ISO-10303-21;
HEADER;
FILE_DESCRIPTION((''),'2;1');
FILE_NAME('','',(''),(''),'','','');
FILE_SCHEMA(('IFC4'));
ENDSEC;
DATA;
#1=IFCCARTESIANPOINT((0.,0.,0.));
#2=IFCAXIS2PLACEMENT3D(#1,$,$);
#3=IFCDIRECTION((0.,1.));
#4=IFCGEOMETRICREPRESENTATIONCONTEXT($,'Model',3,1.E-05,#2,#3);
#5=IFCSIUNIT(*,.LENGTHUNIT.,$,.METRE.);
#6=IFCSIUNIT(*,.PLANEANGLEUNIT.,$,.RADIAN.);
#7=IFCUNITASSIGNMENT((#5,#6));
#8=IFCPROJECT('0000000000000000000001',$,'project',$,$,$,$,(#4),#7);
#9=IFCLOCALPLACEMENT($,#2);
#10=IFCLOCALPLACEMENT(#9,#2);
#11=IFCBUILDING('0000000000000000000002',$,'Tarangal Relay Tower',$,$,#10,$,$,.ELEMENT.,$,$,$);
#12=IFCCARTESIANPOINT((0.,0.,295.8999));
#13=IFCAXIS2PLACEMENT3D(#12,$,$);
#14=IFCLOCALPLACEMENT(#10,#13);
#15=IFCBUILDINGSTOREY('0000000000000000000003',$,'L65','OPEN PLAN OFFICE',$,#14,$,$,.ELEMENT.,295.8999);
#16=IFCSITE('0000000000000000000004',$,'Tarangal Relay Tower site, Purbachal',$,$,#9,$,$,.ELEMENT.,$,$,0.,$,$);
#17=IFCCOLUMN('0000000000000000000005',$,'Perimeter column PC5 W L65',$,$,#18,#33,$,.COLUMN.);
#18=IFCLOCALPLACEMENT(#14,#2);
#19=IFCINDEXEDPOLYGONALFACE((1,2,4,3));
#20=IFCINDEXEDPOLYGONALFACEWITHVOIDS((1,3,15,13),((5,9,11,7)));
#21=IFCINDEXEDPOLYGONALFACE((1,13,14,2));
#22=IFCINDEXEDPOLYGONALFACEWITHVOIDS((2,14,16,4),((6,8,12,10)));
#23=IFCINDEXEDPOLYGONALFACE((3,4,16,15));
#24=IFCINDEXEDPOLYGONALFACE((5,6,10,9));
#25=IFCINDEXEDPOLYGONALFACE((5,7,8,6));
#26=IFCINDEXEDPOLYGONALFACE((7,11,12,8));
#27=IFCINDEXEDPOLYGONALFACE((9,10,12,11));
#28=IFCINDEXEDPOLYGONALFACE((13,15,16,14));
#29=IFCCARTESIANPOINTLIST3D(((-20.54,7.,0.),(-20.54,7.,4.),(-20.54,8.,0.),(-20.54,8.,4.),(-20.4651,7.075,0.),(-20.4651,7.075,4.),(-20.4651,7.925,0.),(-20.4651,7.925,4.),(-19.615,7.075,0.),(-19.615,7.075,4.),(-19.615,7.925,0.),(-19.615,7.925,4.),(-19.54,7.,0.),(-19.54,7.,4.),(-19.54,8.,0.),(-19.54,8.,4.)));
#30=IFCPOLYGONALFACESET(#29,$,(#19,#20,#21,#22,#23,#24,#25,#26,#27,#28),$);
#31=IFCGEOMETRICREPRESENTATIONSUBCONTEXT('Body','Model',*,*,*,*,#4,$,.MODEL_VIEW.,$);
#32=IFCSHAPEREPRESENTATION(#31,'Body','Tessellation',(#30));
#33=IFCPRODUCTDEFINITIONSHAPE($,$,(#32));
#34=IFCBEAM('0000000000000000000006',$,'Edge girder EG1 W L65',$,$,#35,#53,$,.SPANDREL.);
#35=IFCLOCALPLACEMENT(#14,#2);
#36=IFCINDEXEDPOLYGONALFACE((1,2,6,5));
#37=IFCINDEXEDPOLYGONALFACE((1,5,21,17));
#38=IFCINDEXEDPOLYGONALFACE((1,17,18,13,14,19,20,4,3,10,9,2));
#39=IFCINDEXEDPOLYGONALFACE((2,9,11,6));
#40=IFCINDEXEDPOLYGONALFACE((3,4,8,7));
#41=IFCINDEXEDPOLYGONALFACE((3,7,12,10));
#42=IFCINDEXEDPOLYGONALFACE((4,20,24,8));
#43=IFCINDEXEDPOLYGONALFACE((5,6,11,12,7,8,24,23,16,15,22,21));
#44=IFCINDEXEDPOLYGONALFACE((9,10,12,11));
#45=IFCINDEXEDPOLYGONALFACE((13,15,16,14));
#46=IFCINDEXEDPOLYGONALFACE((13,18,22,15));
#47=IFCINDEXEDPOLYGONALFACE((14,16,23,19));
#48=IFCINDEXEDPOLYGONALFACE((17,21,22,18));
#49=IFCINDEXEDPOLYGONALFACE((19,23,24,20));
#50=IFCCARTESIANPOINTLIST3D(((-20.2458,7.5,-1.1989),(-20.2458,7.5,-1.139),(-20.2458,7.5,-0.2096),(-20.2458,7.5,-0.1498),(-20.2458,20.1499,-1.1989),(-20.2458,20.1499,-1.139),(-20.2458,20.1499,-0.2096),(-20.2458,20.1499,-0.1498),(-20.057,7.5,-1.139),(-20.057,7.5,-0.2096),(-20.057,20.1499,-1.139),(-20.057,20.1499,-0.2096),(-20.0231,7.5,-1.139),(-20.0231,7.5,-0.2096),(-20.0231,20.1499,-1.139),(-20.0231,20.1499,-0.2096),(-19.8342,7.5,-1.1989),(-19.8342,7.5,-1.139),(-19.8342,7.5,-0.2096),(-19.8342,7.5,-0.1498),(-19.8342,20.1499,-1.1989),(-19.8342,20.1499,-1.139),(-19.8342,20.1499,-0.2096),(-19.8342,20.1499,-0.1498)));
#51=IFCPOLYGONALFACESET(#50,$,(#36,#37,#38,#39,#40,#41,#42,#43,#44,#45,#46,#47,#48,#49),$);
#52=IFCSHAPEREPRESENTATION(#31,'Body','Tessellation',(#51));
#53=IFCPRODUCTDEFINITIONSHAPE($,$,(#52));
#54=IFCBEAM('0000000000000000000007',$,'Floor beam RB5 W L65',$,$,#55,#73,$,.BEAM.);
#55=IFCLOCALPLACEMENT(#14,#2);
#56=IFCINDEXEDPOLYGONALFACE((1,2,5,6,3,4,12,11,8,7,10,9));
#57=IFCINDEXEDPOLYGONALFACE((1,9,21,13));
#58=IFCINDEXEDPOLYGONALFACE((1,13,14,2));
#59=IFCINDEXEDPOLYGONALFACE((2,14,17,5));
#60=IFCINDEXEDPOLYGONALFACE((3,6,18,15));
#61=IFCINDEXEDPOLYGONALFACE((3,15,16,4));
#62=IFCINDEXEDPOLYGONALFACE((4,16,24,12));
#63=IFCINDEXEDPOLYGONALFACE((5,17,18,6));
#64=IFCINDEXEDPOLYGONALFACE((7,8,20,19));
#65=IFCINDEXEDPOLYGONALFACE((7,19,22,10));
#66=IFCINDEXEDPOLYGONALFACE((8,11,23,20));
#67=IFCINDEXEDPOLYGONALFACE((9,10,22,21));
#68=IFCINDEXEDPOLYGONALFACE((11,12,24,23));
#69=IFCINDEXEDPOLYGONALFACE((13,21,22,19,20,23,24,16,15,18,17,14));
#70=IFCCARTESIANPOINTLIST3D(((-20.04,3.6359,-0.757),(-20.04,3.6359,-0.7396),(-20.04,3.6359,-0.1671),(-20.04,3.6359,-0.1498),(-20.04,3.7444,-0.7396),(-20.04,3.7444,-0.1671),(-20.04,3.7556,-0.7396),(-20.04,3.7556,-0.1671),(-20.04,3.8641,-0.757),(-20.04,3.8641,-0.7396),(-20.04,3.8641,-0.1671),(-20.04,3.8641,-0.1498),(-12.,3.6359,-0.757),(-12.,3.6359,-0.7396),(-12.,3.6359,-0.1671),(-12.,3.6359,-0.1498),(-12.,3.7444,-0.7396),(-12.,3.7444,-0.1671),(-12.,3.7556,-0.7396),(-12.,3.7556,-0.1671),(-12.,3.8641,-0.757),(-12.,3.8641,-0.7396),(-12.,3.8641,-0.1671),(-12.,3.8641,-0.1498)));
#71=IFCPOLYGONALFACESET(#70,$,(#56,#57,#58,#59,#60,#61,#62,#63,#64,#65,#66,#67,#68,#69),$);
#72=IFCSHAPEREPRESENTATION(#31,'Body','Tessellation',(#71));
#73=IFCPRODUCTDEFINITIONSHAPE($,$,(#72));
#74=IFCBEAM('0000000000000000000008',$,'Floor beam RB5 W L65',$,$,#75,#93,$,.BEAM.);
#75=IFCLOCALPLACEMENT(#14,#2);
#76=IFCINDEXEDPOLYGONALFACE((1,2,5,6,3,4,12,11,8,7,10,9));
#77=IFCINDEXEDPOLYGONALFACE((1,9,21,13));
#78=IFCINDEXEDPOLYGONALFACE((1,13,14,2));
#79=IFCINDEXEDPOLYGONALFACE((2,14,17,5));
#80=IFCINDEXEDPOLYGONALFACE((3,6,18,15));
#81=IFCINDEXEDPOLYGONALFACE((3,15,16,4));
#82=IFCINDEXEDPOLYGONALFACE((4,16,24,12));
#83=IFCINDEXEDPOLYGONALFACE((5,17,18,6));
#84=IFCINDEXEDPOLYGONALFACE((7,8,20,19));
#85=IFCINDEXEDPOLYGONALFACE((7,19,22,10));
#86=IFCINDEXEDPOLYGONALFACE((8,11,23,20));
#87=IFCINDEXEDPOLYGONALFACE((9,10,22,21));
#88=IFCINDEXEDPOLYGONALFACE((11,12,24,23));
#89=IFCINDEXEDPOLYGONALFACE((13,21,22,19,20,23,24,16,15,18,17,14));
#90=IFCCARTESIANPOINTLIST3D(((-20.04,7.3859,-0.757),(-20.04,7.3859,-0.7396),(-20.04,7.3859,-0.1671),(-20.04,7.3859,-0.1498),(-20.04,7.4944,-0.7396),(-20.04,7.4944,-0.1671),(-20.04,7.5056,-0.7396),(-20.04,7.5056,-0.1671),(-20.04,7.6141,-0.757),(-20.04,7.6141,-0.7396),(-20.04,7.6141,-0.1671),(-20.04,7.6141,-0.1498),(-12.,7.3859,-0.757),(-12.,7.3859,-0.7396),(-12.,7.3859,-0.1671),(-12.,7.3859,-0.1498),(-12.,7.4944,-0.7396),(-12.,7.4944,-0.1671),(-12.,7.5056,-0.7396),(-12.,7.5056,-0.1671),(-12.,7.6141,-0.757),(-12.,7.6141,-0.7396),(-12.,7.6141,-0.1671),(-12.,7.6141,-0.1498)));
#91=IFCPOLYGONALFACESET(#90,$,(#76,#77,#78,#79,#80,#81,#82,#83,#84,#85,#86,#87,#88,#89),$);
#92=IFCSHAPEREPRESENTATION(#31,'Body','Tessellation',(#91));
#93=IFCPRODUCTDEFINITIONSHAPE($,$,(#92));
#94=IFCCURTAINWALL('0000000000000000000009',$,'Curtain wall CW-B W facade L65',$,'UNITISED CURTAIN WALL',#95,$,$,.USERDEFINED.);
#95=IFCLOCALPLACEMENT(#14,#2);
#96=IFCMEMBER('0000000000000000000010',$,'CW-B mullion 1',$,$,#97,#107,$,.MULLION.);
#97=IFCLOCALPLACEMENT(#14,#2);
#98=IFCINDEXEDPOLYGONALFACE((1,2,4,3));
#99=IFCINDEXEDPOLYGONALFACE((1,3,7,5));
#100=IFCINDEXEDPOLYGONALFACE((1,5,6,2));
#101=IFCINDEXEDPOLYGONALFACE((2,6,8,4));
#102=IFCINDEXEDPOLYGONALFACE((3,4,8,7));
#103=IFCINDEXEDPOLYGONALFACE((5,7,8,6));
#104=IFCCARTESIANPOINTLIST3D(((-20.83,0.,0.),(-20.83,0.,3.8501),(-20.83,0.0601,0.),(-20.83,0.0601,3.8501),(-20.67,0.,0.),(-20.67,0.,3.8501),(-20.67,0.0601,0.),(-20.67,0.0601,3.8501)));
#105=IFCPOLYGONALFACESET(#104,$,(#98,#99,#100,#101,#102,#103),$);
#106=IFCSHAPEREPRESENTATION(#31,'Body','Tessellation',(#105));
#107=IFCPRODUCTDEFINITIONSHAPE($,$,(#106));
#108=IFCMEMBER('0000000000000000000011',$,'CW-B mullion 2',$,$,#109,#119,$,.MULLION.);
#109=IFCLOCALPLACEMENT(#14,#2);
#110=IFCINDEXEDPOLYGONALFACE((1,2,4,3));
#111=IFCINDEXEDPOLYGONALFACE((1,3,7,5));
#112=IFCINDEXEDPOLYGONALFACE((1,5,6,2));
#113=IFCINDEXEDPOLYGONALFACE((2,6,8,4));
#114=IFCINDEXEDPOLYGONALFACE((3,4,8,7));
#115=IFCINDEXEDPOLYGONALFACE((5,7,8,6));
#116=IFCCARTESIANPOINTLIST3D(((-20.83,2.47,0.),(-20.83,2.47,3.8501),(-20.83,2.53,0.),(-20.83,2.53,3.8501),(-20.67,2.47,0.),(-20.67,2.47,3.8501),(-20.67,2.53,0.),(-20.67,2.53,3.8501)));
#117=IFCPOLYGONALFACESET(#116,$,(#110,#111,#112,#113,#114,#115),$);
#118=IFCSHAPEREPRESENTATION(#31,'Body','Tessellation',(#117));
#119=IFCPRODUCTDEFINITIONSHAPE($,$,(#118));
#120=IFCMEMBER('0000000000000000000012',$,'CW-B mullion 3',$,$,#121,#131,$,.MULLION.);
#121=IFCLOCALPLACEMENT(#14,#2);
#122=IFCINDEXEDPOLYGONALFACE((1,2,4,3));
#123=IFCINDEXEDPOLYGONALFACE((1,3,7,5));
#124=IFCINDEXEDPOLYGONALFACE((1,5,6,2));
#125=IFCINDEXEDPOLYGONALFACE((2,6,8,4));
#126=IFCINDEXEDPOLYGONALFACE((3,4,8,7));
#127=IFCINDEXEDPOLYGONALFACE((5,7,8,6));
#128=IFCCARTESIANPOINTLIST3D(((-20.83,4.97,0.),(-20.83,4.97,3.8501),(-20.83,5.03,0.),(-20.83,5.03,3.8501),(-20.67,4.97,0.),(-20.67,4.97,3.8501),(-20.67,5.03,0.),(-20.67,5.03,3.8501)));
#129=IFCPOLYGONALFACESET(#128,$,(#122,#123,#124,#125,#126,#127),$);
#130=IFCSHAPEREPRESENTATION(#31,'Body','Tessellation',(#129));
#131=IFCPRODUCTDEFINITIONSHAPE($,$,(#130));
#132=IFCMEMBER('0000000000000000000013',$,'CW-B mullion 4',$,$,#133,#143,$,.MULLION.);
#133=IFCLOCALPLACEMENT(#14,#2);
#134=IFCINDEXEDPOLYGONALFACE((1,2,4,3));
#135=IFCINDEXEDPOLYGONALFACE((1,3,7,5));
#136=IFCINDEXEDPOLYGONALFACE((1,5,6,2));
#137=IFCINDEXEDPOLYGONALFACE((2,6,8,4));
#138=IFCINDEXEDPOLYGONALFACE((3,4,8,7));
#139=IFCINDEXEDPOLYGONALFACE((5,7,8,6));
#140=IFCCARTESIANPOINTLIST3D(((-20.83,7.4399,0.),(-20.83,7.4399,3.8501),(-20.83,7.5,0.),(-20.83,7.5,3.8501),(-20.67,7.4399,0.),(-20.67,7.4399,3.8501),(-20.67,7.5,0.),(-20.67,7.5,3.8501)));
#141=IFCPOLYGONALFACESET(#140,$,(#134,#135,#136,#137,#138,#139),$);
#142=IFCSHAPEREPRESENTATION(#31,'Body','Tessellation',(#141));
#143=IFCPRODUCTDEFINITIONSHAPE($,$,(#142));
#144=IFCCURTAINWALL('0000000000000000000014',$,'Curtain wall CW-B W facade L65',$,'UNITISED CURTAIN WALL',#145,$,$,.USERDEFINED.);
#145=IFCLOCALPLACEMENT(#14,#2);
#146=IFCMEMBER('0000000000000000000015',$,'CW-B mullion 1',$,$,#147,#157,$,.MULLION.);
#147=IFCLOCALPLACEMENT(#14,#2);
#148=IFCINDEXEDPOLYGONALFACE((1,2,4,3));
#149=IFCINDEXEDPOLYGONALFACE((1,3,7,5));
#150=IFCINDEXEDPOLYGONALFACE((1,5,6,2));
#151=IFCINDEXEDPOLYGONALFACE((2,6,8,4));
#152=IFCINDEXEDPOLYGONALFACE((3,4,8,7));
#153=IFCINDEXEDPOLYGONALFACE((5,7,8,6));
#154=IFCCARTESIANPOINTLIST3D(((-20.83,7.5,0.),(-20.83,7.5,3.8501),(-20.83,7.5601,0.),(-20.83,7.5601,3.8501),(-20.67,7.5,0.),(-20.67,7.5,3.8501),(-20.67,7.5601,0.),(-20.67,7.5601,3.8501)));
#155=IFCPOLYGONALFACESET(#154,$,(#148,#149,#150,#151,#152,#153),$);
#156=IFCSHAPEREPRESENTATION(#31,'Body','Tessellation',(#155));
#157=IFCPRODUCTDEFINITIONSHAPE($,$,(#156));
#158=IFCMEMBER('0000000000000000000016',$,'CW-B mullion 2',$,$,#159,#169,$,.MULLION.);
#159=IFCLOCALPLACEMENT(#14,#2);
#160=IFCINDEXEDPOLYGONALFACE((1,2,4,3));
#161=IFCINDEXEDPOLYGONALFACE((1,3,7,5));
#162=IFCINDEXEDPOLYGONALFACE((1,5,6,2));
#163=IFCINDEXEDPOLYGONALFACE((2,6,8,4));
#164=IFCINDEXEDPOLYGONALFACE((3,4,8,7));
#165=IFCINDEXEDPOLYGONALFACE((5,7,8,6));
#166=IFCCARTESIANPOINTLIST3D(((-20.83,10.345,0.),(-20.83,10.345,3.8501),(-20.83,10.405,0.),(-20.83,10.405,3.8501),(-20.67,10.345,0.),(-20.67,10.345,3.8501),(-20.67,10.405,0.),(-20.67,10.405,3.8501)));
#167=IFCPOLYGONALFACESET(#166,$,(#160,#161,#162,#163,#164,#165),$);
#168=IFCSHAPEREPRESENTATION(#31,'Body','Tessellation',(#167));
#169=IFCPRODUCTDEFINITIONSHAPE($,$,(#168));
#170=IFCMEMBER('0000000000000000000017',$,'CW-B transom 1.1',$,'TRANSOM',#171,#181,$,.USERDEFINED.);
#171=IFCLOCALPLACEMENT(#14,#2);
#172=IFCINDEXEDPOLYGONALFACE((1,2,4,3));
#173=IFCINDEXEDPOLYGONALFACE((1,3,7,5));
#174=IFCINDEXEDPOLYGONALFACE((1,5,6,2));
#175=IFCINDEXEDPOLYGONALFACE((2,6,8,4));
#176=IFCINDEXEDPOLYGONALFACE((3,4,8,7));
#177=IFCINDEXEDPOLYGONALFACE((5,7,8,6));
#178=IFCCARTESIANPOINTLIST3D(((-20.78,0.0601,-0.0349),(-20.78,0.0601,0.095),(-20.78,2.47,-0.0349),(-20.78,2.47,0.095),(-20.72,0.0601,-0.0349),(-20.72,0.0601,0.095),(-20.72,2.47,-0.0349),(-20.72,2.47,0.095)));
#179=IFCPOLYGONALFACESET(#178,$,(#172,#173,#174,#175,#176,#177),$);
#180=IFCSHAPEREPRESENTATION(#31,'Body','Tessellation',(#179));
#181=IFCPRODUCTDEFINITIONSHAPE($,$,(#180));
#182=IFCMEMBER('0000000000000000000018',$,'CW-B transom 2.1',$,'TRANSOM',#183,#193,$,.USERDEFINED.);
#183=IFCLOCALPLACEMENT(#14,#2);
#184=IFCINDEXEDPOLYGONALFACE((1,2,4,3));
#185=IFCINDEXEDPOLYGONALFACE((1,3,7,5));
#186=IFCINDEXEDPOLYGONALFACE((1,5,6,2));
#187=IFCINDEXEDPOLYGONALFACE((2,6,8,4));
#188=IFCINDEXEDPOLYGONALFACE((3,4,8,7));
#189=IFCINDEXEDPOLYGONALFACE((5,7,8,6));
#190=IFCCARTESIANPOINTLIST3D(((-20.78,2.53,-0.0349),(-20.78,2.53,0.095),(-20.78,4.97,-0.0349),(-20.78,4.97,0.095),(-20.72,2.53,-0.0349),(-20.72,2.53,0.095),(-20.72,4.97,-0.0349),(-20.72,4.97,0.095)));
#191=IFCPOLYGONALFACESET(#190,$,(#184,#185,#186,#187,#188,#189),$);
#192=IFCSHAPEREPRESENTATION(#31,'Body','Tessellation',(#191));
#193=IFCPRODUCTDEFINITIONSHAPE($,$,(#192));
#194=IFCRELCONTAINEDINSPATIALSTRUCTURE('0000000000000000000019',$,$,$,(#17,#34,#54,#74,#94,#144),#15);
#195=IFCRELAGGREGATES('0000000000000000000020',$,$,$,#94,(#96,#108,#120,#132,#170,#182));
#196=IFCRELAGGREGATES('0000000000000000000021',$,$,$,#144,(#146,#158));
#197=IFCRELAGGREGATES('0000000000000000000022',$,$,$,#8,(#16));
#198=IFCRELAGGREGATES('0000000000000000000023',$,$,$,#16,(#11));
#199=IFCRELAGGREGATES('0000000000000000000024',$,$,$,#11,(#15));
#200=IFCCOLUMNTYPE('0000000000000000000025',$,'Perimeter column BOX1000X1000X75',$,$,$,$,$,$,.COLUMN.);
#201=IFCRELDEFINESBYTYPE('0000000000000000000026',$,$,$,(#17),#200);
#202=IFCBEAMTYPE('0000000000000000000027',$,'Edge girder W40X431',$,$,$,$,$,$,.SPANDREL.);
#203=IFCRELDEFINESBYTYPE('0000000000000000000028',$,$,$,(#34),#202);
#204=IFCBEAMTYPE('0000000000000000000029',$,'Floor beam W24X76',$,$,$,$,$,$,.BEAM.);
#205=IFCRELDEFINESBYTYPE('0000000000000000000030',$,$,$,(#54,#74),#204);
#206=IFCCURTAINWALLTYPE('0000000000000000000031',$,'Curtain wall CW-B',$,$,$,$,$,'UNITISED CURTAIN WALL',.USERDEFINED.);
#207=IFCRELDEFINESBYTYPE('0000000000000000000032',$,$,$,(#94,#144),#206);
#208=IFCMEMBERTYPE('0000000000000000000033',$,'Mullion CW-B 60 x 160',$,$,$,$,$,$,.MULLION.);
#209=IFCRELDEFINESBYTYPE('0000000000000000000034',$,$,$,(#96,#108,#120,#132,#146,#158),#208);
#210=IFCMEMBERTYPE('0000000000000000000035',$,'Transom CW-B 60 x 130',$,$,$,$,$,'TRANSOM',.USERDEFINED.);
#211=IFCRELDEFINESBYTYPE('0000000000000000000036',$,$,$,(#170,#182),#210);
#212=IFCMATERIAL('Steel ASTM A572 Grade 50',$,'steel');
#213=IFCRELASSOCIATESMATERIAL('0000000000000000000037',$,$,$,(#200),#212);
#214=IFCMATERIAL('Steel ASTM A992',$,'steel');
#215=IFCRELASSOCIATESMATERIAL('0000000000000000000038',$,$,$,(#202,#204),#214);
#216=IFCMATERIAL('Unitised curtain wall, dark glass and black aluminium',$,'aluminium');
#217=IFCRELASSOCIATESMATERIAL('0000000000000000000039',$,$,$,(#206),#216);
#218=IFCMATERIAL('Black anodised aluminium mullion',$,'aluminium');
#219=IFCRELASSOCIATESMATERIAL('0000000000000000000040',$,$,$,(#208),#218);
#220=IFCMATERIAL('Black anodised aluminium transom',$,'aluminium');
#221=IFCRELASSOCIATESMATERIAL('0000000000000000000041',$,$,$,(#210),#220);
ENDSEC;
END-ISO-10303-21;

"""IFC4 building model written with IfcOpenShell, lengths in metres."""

from ifc_helpers import new_model, si_unit, direction, frame, origin, origin_2d, place, context, subcontext, project, spatial, rectangle, hollow_rectangle, i_section, extrude, material, material_profile, profile_set, type_object, element, aggregate, save


model = new_model("IFC4")

# Units and contexts
model_context = context("Model", 3, precision=1e-05, world=origin(), true_north=direction((0.0, 1.0)))
body_context = subcontext(model_context, "Body", "Model", "MODEL_VIEW")
ifc_project = project(units=[si_unit("LENGTHUNIT", "METRE"), si_unit("PLANEANGLEUNIT", "RADIAN")], contexts=[model_context])

# Site, building, storey
site_placement = place(None, origin())
site = spatial("IfcSite", under=ifc_project, at=site_placement, Name="Tarangal Relay Tower site, Purbachal", CompositionType="ELEMENT", RefElevation=0.0)
building_placement = place(site_placement, origin())
building = spatial("IfcBuilding", under=site, at=building_placement, Name="Tarangal Relay Tower", CompositionType="ELEMENT")
storey_placement = place(building_placement, frame((0.0, 0.0, 295.8999)))
storey = spatial("IfcBuildingStorey", under=building, at=storey_placement, Name="L65", Description="OPEN PLAN OFFICE", CompositionType="ELEMENT", Elevation=295.8999)

# Column
ifc_material_1 = material(Name="Steel ASTM A572 Grade 50", Category="steel")
ifc_material_profile_1 = material_profile(ifc_material_1, hollow_rectangle(XDim=1.0, YDim=1.0, WallThickness=0.075, at=origin_2d()), Name="BOX1000X1000X75")
ifc_profile_set_1 = profile_set([ifc_material_profile_1], Name="Steel ASTM A572 Grade 50")
column_type = type_object("IfcColumnType", Name="Perimeter column BOX1000X1000X75", PredefinedType="COLUMN", material=ifc_profile_set_1)
column_placement = place(storey_placement, frame((-20.04, 7.5, 0.0), z_axis=(0.0, 0.0, 1.0), x_axis=(1.0, 0.0, 0.0)))
element("IfcColumn", 1, at=column_placement, inside=storey, type_object=column_type, Name="Perimeter column PC5 W L65", PredefinedType="COLUMN", context=body_context, shape_type="SweptSolid", body=[
    extrude(hollow_rectangle(XDim=1.0, YDim=1.0, WallThickness=0.075, at=origin_2d()), origin(), (0.0, 0.0, 1.0), 4.0),
])

# Beams
ifc_material_2 = material(Name="Steel ASTM A992", Category="steel")
ifc_material_profile_2 = material_profile(ifc_material_2, i_section(OverallWidth=0.4116, OverallDepth=1.0491, WebThickness=0.0339, FlangeThickness=0.0598, at=origin_2d()), Name="W40X431")
ifc_profile_set_2 = profile_set([ifc_material_profile_2], Name="Steel ASTM A992")
beam_type_1 = type_object("IfcBeamType", Name="Edge girder W40X431", PredefinedType="SPANDREL", material=ifc_profile_set_2)
beam_placement = place(storey_placement, frame((-20.04, 7.5, -0.6743), z_axis=(0.0, 1.0, 0.0), x_axis=(-1.0, 0.0, 0.0)))
element("IfcBeam", 2, at=beam_placement, inside=storey, type_object=beam_type_1, Name="Edge girder EG1 W L65", PredefinedType="SPANDREL", context=body_context, shape_type="SweptSolid", body=[
    extrude(i_section(OverallWidth=0.4116, OverallDepth=1.0491, WebThickness=0.0339, FlangeThickness=0.0598, at=origin_2d()), origin(), (0.0, 0.0, 1.0), 12.6499),
])
ifc_material_profile_3 = material_profile(ifc_material_2, i_section(OverallWidth=0.2283, OverallDepth=0.6072, WebThickness=0.0112, FlangeThickness=0.0173, at=origin_2d()), Name="W24X76")
ifc_profile_set_3 = profile_set([ifc_material_profile_3], Name="Steel ASTM A992")
beam_type_2 = type_object("IfcBeamType", Name="Floor beam W24X76", PredefinedType="BEAM", material=ifc_profile_set_3)
for number, where, z_axis, x_axis, name in (
    (3, (-12.0, 3.75, -0.4534), (-1.0, 0.0, 0.0), (0.0, -1.0, 0.0), "Floor beam RB5 W L65"),
    (4, (-12.0, 7.5, -0.4534), (-1.0, 0.0, 0.0), (0.0, -1.0, 0.0), "Floor beam RB5 W L65"),
):
    element("IfcBeam", number, at=place(storey_placement, frame(where, z_axis=z_axis, x_axis=x_axis)), inside=storey, type_object=beam_type_2, Name=name, PredefinedType="BEAM", context=body_context, shape_type="SweptSolid", body=[
        extrude(i_section(OverallWidth=0.2283, OverallDepth=0.6072, WebThickness=0.0112, FlangeThickness=0.0173, at=origin_2d()), origin(), (0.0, 0.0, 1.0), 8.04),
    ])

# Curtain walls, members
ifc_material_3 = material(Name="Unitised curtain wall, dark glass and black aluminium", Category="aluminium")
curtain_wall_type = type_object("IfcCurtainWallType", Name="Curtain wall CW-B", ElementType="UNITISED CURTAIN WALL", PredefinedType="USERDEFINED", material=ifc_material_3)
curtain_wall_1_placement = place(storey_placement, origin())
curtain_wall_1 = element("IfcCurtainWall", 5, at=curtain_wall_1_placement, inside=storey, type_object=curtain_wall_type, Name="Curtain wall CW-B W facade L65", ObjectType="UNITISED CURTAIN WALL", PredefinedType="USERDEFINED")
ifc_material_4 = material(Name="Black anodised aluminium mullion", Category="aluminium")
ifc_material_profile_4 = material_profile(ifc_material_4, rectangle(XDim=0.1599, YDim=0.0601, at=origin_2d()), Name="CW-BM 60X160")
ifc_profile_set_4 = profile_set([ifc_material_profile_4], Name="Black anodised aluminium mullion")
member_type_1 = type_object("IfcMemberType", Name="Mullion CW-B 60 x 160", PredefinedType="MULLION", material=ifc_profile_set_4)
member_1_placement = place(storey_placement, frame((-20.75, 0.03, 0.0), z_axis=(0.0, 0.0, 1.0), x_axis=(-1.0, 0.0, 0.0)))
member_1 = element("IfcMember", 6, at=member_1_placement, type_object=member_type_1, Name="CW-B mullion 1", PredefinedType="MULLION", context=body_context, shape_type="SweptSolid", body=[
    extrude(rectangle(XDim=0.1599, YDim=0.0601, at=origin_2d()), origin(), (0.0, 0.0, 1.0), 3.8501),
])
member_2_placement = place(storey_placement, frame((-20.75, 2.5, 0.0), z_axis=(0.0, 0.0, 1.0), x_axis=(-1.0, 0.0, 0.0)))
member_2 = element("IfcMember", 7, at=member_2_placement, type_object=member_type_1, Name="CW-B mullion 2", PredefinedType="MULLION", context=body_context, shape_type="SweptSolid", body=[
    extrude(rectangle(XDim=0.1599, YDim=0.0601, at=origin_2d()), origin(), (0.0, 0.0, 1.0), 3.8501),
])
member_3_placement = place(storey_placement, frame((-20.75, 5.0, 0.0), z_axis=(0.0, 0.0, 1.0), x_axis=(-1.0, 0.0, 0.0)))
member_3 = element("IfcMember", 8, at=member_3_placement, type_object=member_type_1, Name="CW-B mullion 3", PredefinedType="MULLION", context=body_context, shape_type="SweptSolid", body=[
    extrude(rectangle(XDim=0.1599, YDim=0.0601, at=origin_2d()), origin(), (0.0, 0.0, 1.0), 3.8501),
])
member_4_placement = place(storey_placement, frame((-20.75, 7.47, 0.0), z_axis=(0.0, 0.0, 1.0), x_axis=(-1.0, 0.0, 0.0)))
member_4 = element("IfcMember", 9, at=member_4_placement, type_object=member_type_1, Name="CW-B mullion 4", PredefinedType="MULLION", context=body_context, shape_type="SweptSolid", body=[
    extrude(rectangle(XDim=0.1599, YDim=0.0601, at=origin_2d()), origin(), (0.0, 0.0, 1.0), 3.8501),
])
curtain_wall_2_placement = place(storey_placement, origin())
curtain_wall_2 = element("IfcCurtainWall", 10, at=curtain_wall_2_placement, inside=storey, type_object=curtain_wall_type, Name="Curtain wall CW-B W facade L65", ObjectType="UNITISED CURTAIN WALL", PredefinedType="USERDEFINED")
member_5_placement = place(storey_placement, frame((-20.75, 7.53, 0.0), z_axis=(0.0, 0.0, 1.0), x_axis=(-1.0, 0.0, 0.0)))
member_5 = element("IfcMember", 11, at=member_5_placement, type_object=member_type_1, Name="CW-B mullion 1", PredefinedType="MULLION", context=body_context, shape_type="SweptSolid", body=[
    extrude(rectangle(XDim=0.1599, YDim=0.0601, at=origin_2d()), origin(), (0.0, 0.0, 1.0), 3.8501),
])
member_6_placement = place(storey_placement, frame((-20.75, 10.375, 0.0), z_axis=(0.0, 0.0, 1.0), x_axis=(-1.0, 0.0, 0.0)))
member_6 = element("IfcMember", 12, at=member_6_placement, type_object=member_type_1, Name="CW-B mullion 2", PredefinedType="MULLION", context=body_context, shape_type="SweptSolid", body=[
    extrude(rectangle(XDim=0.1599, YDim=0.0601, at=origin_2d()), origin(), (0.0, 0.0, 1.0), 3.8501),
])

# Members
ifc_material_5 = material(Name="Black anodised aluminium transom", Category="aluminium")
ifc_material_profile_5 = material_profile(ifc_material_5, rectangle(XDim=0.0601, YDim=0.1299, at=origin_2d()), Name="CW-BT 60X130")
ifc_profile_set_5 = profile_set([ifc_material_profile_5], Name="Black anodised aluminium transom")
member_type_2 = type_object("IfcMemberType", Name="Transom CW-B 60 x 130", ElementType="TRANSOM", PredefinedType="USERDEFINED", material=ifc_profile_set_5)
member_7_placement = place(storey_placement, frame((-20.75, 0.0601, 0.03), z_axis=(0.0, 1.0, 0.0), x_axis=(-1.0, 0.0, 0.0)))
member_7 = element("IfcMember", 13, at=member_7_placement, type_object=member_type_2, Name="CW-B transom 1.1", ObjectType="TRANSOM", PredefinedType="USERDEFINED", context=body_context, shape_type="SweptSolid", body=[
    extrude(rectangle(XDim=0.0601, YDim=0.1299, at=origin_2d()), origin(), (0.0, 0.0, 1.0), 2.4099),
])
member_8_placement = place(storey_placement, frame((-20.75, 2.53, 0.03), z_axis=(0.0, 1.0, 0.0), x_axis=(-1.0, 0.0, 0.0)))
member_8 = element("IfcMember", 14, at=member_8_placement, type_object=member_type_2, Name="CW-B transom 2.1", ObjectType="TRANSOM", PredefinedType="USERDEFINED", context=body_context, shape_type="SweptSolid", body=[
    extrude(rectangle(XDim=0.0601, YDim=0.1299, at=origin_2d()), origin(), (0.0, 0.0, 1.0), 2.4399),
])

aggregate(curtain_wall_1, [member_1, member_2, member_3, member_4, member_7, member_8])
aggregate(curtain_wall_2, [member_5, member_6])

save(model, "model.ifc")
